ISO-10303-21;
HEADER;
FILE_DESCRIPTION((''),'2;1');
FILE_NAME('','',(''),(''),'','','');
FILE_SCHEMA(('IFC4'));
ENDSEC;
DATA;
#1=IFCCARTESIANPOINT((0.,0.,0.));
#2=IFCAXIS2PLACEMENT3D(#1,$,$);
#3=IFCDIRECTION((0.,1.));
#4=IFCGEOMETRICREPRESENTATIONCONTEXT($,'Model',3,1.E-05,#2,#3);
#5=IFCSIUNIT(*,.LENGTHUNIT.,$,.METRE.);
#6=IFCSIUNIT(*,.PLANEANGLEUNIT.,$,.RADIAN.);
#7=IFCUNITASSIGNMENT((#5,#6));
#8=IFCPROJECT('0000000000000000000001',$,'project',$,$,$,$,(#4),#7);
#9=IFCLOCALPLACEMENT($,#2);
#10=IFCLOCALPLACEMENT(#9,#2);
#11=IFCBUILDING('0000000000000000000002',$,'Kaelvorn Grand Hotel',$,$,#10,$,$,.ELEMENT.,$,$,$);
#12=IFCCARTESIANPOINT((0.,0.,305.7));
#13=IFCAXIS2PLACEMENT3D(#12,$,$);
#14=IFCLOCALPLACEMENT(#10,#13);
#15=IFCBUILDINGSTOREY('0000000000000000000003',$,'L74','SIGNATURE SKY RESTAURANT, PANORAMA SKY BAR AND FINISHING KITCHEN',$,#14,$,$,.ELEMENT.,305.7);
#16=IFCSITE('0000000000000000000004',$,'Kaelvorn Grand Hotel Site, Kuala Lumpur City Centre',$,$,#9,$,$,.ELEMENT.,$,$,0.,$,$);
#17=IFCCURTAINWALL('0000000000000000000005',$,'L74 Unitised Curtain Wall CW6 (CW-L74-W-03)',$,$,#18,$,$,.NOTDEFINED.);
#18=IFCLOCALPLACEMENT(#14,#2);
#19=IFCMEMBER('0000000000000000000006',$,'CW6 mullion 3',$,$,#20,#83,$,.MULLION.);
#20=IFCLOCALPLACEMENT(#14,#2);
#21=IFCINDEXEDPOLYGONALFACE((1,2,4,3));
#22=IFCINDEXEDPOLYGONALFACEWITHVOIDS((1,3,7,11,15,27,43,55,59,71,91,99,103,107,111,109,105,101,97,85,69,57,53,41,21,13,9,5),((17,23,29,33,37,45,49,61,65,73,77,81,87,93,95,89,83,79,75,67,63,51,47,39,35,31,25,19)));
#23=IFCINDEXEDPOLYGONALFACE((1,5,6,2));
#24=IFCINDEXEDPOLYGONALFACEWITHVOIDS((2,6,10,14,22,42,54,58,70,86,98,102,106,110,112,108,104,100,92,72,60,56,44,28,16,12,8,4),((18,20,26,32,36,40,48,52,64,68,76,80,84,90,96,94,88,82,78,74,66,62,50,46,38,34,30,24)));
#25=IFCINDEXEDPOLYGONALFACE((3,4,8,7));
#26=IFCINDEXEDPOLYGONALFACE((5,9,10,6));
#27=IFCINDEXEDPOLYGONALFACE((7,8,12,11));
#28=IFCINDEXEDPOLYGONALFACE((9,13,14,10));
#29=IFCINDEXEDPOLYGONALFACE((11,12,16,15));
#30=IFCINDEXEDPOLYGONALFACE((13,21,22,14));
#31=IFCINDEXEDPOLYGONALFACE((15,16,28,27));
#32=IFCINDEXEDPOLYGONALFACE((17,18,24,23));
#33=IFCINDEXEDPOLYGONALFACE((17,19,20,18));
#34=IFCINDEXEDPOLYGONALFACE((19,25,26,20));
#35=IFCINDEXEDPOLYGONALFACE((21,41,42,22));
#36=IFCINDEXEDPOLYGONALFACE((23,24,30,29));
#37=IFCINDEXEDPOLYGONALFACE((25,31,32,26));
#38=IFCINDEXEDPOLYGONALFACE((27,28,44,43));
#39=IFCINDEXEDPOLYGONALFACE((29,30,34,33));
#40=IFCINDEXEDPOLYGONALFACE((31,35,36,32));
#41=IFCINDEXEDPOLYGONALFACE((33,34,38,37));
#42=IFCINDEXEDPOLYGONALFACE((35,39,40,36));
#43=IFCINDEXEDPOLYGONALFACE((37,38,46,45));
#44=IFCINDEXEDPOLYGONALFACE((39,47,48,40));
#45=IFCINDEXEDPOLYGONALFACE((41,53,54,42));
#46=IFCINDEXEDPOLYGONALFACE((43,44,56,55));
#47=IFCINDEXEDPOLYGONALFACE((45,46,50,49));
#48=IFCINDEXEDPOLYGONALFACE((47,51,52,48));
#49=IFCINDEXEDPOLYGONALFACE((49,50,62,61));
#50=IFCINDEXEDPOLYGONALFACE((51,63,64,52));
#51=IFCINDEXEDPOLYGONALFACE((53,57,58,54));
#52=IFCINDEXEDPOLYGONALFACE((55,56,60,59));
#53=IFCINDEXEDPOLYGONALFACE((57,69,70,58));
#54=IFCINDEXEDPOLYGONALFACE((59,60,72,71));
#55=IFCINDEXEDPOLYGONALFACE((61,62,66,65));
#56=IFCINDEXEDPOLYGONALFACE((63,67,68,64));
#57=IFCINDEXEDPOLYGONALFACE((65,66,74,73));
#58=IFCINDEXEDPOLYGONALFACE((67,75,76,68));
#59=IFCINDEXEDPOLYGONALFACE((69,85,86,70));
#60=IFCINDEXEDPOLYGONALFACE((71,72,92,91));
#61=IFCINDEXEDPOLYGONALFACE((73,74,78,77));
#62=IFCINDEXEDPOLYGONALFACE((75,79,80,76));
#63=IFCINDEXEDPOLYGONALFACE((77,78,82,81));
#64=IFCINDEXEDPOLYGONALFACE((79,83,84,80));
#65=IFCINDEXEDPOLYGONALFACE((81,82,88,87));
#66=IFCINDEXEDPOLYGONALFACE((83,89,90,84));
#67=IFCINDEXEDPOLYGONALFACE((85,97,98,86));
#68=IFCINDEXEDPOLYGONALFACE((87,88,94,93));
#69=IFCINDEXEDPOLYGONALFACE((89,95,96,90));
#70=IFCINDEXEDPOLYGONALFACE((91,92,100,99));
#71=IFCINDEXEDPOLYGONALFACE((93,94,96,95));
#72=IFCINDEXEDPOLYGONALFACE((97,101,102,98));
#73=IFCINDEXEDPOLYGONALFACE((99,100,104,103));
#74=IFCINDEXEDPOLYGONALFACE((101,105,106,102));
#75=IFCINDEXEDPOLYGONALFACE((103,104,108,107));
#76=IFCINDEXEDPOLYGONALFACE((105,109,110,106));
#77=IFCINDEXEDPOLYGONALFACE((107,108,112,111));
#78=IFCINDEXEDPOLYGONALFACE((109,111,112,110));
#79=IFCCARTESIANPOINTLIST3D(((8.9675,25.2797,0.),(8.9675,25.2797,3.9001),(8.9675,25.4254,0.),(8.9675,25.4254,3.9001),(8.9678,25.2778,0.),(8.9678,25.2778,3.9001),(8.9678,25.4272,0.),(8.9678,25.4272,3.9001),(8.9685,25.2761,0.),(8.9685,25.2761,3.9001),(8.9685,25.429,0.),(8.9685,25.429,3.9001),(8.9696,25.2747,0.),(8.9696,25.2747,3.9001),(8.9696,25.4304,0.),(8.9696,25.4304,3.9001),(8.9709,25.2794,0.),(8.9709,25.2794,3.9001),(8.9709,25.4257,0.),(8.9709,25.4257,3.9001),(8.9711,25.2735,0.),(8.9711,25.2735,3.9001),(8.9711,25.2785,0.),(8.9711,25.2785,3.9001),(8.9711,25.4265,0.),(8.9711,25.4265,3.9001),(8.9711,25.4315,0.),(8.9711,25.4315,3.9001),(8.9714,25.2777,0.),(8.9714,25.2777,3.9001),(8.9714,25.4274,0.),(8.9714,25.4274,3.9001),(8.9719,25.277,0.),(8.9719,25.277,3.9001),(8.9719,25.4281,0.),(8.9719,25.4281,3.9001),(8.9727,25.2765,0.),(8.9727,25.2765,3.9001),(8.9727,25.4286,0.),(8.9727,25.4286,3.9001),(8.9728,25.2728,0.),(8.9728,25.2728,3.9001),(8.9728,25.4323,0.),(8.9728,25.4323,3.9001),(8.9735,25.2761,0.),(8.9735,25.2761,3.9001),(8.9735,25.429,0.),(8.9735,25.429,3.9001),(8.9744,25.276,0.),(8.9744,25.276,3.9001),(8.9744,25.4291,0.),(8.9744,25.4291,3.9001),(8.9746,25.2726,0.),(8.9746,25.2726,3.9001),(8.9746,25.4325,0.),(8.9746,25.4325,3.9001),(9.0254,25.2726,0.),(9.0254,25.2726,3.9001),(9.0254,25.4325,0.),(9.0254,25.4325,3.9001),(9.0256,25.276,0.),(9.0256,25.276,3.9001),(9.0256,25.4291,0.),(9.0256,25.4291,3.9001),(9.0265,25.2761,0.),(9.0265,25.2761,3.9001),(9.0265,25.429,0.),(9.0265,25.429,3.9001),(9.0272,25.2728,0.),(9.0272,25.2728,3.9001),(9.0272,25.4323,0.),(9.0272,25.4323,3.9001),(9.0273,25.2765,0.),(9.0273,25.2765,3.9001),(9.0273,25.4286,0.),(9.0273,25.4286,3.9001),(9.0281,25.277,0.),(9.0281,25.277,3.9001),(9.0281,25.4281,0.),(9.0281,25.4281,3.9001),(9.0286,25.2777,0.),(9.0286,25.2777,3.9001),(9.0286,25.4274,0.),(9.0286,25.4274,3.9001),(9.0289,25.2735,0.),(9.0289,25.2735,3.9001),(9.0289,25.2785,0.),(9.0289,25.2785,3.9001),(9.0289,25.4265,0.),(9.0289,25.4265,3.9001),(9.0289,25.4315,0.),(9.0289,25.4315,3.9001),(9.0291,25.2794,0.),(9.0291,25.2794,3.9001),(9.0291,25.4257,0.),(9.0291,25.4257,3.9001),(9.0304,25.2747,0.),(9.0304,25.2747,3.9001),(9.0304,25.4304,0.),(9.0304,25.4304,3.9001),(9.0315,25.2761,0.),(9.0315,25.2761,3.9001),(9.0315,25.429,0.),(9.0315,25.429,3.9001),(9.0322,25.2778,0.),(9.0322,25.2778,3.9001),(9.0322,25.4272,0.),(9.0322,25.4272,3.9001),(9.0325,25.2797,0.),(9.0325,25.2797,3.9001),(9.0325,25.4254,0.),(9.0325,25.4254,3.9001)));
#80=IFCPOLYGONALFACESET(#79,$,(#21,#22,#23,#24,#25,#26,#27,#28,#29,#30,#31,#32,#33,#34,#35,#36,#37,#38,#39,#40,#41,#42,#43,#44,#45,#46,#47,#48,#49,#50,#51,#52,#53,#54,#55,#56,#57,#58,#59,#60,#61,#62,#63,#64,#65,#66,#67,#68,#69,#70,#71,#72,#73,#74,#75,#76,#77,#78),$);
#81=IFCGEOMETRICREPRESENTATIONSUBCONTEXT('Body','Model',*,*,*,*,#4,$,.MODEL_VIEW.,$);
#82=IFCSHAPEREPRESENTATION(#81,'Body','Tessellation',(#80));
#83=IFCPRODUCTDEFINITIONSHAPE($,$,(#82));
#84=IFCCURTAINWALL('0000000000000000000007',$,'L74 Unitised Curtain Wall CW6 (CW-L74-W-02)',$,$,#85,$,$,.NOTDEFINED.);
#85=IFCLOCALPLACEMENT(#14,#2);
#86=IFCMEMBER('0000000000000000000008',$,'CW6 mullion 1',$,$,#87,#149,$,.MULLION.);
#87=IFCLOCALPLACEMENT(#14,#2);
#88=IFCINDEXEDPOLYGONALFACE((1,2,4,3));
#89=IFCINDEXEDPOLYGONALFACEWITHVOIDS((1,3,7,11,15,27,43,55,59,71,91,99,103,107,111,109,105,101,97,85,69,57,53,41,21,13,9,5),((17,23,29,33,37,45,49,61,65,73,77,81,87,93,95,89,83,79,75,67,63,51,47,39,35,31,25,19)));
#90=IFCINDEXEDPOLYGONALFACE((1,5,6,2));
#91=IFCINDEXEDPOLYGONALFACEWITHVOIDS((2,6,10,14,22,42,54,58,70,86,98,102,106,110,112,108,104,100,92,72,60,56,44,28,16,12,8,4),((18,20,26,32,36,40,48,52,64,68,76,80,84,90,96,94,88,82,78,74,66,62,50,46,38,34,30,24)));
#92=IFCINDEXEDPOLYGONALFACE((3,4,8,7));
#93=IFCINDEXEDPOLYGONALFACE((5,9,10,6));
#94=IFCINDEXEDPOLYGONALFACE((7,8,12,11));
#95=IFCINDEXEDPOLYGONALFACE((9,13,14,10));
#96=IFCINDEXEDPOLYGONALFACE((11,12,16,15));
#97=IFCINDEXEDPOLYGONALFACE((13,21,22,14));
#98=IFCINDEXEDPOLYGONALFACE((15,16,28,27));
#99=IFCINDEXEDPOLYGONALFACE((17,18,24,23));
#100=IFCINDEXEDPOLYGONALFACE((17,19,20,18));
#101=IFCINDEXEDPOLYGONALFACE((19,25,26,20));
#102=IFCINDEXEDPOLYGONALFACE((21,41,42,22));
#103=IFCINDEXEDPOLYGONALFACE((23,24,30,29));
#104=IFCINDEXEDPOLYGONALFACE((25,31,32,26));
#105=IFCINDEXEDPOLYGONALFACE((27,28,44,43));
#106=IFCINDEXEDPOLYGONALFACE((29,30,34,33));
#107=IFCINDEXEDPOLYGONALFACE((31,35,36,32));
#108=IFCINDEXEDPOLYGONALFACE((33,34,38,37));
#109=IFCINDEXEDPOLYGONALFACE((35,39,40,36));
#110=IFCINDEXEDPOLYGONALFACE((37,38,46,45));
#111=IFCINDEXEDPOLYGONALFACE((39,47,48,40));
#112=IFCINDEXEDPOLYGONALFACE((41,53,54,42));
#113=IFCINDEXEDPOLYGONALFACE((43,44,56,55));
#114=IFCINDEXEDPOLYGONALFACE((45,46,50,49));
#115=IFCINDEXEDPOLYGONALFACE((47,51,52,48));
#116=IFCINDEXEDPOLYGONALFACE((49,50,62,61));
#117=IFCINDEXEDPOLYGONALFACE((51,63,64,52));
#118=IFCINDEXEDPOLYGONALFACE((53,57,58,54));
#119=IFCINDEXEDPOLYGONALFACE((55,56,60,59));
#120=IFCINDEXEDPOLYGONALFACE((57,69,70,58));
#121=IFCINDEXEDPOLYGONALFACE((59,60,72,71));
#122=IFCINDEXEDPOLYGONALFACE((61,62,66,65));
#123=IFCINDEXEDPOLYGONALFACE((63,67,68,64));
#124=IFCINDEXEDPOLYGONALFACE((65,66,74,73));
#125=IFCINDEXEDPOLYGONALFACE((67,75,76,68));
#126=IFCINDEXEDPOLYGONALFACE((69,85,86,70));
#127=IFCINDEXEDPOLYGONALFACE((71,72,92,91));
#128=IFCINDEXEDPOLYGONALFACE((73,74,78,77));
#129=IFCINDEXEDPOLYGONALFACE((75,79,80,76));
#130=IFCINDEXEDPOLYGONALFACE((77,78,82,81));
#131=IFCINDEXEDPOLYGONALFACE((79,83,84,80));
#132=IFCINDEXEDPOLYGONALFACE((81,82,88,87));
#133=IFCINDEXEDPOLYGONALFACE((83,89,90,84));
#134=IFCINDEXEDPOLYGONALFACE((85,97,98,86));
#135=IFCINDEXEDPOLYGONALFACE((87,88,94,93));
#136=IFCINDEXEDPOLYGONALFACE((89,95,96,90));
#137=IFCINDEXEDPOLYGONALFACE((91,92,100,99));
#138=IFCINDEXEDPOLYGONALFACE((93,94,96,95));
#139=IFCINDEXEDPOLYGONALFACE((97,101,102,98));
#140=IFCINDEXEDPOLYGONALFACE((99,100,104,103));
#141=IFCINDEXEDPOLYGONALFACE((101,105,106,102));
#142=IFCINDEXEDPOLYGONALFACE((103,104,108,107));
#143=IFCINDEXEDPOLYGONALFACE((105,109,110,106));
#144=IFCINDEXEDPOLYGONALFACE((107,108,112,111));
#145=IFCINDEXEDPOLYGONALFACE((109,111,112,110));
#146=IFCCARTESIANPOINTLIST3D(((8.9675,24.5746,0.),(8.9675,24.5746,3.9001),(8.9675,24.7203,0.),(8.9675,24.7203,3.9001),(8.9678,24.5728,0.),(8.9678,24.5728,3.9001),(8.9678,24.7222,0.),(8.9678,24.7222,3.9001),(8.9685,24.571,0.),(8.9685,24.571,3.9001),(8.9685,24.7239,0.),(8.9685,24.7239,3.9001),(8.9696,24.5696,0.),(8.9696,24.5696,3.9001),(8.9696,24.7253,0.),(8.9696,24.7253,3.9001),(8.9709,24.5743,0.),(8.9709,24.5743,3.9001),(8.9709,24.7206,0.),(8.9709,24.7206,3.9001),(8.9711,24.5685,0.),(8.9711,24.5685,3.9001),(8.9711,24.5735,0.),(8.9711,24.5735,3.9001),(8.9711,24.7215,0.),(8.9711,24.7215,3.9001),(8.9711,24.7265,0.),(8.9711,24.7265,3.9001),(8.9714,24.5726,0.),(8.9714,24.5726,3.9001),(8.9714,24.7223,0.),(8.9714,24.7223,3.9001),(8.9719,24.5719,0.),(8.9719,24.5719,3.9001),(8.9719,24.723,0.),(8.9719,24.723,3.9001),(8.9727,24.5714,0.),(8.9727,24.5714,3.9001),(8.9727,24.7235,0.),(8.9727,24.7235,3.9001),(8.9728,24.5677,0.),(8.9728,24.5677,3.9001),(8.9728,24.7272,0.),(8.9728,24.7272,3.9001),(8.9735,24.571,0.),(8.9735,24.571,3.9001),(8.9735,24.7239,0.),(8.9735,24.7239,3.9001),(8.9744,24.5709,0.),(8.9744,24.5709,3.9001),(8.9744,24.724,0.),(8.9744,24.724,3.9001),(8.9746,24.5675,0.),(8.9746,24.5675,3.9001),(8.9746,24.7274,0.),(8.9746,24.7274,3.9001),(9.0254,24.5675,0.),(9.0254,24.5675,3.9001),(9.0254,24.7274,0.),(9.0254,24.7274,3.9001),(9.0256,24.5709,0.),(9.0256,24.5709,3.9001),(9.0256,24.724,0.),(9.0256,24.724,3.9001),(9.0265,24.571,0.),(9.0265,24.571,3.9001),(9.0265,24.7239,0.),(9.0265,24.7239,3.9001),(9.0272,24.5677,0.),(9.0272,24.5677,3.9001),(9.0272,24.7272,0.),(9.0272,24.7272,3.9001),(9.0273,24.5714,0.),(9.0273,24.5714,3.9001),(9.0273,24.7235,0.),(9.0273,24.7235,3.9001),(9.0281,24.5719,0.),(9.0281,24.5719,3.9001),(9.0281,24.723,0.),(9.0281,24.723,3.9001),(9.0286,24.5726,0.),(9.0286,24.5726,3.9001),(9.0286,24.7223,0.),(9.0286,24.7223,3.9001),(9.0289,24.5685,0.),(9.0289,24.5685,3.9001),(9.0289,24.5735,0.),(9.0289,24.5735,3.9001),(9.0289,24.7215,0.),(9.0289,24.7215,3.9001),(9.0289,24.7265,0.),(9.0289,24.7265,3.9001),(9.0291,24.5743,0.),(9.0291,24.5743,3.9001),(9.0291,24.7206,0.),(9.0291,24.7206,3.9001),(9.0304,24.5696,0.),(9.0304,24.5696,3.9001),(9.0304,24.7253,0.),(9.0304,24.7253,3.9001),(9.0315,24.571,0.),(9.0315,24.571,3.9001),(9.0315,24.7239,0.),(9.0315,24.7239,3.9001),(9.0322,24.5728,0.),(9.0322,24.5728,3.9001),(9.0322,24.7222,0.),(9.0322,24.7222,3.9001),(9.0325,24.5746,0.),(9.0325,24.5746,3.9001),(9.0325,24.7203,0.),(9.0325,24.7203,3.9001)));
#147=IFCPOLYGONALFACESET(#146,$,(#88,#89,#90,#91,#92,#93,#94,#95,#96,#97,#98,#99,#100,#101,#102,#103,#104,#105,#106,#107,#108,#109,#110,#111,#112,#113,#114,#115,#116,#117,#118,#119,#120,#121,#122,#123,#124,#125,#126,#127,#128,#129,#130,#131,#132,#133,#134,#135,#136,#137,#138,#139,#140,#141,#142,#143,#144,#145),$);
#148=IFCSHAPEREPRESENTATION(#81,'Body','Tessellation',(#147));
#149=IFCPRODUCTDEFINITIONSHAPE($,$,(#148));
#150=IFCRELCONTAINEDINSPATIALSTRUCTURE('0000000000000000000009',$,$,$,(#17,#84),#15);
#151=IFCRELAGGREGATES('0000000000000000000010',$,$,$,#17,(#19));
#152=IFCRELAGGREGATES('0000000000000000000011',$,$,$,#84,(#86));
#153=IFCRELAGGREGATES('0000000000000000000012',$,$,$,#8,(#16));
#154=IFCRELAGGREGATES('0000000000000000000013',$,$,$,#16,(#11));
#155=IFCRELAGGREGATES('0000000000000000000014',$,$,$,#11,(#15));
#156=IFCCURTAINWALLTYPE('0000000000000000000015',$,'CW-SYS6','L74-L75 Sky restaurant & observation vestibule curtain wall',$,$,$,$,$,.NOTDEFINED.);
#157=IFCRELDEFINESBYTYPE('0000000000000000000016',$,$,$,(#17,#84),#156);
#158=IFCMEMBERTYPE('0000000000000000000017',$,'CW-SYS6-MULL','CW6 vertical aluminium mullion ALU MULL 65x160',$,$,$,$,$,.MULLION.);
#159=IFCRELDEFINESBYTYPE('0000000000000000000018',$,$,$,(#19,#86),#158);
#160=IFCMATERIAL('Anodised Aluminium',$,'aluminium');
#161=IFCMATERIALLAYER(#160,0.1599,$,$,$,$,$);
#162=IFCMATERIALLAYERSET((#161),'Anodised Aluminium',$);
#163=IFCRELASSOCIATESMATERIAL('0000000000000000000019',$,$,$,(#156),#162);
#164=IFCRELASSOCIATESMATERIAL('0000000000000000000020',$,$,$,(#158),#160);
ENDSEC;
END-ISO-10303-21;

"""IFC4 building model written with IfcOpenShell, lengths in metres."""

from ifc_helpers import new_model, si_unit, direction, frame, origin, origin_2d, place, context, subcontext, project, spatial, hollow_rectangle, extrude, material, layer, layer_set, material_profile, profile_set, type_object, element, aggregate, save


model = new_model("IFC4")

# Units and contexts
model_context = context("Model", 3, precision=1e-05, world=origin(), true_north=direction((0.0, 1.0)))
body_context = subcontext(model_context, "Body", "Model", "MODEL_VIEW")
ifc_project = project(units=[si_unit("LENGTHUNIT", "METRE"), si_unit("PLANEANGLEUNIT", "RADIAN")], contexts=[model_context])

# Site, building, storey
site_placement = place(None, origin())
site = spatial("IfcSite", under=ifc_project, at=site_placement, Name="Kaelvorn Grand Hotel Site, Kuala Lumpur City Centre", CompositionType="ELEMENT", RefElevation=0.0)
building_placement = place(site_placement, origin())
building = spatial("IfcBuilding", under=site, at=building_placement, Name="Kaelvorn Grand Hotel", CompositionType="ELEMENT")
storey_placement = place(building_placement, frame((0.0, 0.0, 305.7)))
storey = spatial("IfcBuildingStorey", under=building, at=storey_placement, Name="L74", Description="SIGNATURE SKY RESTAURANT, PANORAMA SKY BAR AND FINISHING KITCHEN", CompositionType="ELEMENT", Elevation=305.7)

# Curtain walls, members
ifc_material_1 = material(Name="Anodised Aluminium", Category="aluminium")
ifc_layer_1 = layer(ifc_material_1, 0.1599)
ifc_layer_set_1 = layer_set([ifc_layer_1], Name="Anodised Aluminium")
curtain_wall_type = type_object("IfcCurtainWallType", Name="CW-SYS6", Description="L74-L75 Sky restaurant & observation vestibule curtain wall", PredefinedType="NOTDEFINED", material=ifc_layer_set_1)
curtain_wall_1_placement = place(storey_placement, origin())
curtain_wall_1 = element("IfcCurtainWall", 1, at=curtain_wall_1_placement, inside=storey, type_object=curtain_wall_type, Name="L74 Unitised Curtain Wall CW6 (CW-L74-W-03)", PredefinedType="NOTDEFINED")
ifc_material_profile_1 = material_profile(ifc_material_1, hollow_rectangle(XDim=0.0649, YDim=0.1599, WallThickness=0.0034, InnerFilletRadius=0.0034, OuterFilletRadius=0.0071, at=origin_2d()), Name="ALU MULL 65x160")
ifc_profile_set_1 = profile_set([ifc_material_profile_1], Name="Anodised Aluminium")
member_type_1 = type_object("IfcMemberType", Name="CW-SYS6-MULL", Description="CW6 vertical aluminium mullion ALU MULL 65x160", PredefinedType="MULLION", material=ifc_profile_set_1)
member_1_placement = place(storey_placement, frame((9.0, 25.3525, 0.0), z_axis=(0.0, 0.0, 1.0), x_axis=(1.0, 0.0, 0.0)))
member_1 = element("IfcMember", 2, at=member_1_placement, type_object=member_type_1, Name="CW6 mullion 3", PredefinedType="MULLION", context=body_context, shape_type="SweptSolid", body=[
    extrude(hollow_rectangle(XDim=0.0649, YDim=0.1599, WallThickness=0.0034, InnerFilletRadius=0.0034, OuterFilletRadius=0.0071, at=origin_2d()), origin(), (0.0, 0.0, 1.0), 3.9001),
])
curtain_wall_2_placement = place(storey_placement, origin())
curtain_wall_2 = element("IfcCurtainWall", 3, at=curtain_wall_2_placement, inside=storey, type_object=curtain_wall_type, Name="L74 Unitised Curtain Wall CW6 (CW-L74-W-02)", PredefinedType="NOTDEFINED")
member_2_placement = place(storey_placement, frame((9.0, 24.6475, 0.0), z_axis=(0.0, 0.0, 1.0), x_axis=(1.0, 0.0, 0.0)))
member_2 = element("IfcMember", 4, at=member_2_placement, type_object=member_type_1, Name="CW6 mullion 1", PredefinedType="MULLION", context=body_context, shape_type="SweptSolid", body=[
    extrude(hollow_rectangle(XDim=0.0649, YDim=0.1599, WallThickness=0.0034, InnerFilletRadius=0.0034, OuterFilletRadius=0.0071, at=origin_2d()), origin(), (0.0, 0.0, 1.0), 3.9001),
])

aggregate(curtain_wall_1, [member_1])
aggregate(curtain_wall_2, [member_2])

save(model, "model.ifc")
